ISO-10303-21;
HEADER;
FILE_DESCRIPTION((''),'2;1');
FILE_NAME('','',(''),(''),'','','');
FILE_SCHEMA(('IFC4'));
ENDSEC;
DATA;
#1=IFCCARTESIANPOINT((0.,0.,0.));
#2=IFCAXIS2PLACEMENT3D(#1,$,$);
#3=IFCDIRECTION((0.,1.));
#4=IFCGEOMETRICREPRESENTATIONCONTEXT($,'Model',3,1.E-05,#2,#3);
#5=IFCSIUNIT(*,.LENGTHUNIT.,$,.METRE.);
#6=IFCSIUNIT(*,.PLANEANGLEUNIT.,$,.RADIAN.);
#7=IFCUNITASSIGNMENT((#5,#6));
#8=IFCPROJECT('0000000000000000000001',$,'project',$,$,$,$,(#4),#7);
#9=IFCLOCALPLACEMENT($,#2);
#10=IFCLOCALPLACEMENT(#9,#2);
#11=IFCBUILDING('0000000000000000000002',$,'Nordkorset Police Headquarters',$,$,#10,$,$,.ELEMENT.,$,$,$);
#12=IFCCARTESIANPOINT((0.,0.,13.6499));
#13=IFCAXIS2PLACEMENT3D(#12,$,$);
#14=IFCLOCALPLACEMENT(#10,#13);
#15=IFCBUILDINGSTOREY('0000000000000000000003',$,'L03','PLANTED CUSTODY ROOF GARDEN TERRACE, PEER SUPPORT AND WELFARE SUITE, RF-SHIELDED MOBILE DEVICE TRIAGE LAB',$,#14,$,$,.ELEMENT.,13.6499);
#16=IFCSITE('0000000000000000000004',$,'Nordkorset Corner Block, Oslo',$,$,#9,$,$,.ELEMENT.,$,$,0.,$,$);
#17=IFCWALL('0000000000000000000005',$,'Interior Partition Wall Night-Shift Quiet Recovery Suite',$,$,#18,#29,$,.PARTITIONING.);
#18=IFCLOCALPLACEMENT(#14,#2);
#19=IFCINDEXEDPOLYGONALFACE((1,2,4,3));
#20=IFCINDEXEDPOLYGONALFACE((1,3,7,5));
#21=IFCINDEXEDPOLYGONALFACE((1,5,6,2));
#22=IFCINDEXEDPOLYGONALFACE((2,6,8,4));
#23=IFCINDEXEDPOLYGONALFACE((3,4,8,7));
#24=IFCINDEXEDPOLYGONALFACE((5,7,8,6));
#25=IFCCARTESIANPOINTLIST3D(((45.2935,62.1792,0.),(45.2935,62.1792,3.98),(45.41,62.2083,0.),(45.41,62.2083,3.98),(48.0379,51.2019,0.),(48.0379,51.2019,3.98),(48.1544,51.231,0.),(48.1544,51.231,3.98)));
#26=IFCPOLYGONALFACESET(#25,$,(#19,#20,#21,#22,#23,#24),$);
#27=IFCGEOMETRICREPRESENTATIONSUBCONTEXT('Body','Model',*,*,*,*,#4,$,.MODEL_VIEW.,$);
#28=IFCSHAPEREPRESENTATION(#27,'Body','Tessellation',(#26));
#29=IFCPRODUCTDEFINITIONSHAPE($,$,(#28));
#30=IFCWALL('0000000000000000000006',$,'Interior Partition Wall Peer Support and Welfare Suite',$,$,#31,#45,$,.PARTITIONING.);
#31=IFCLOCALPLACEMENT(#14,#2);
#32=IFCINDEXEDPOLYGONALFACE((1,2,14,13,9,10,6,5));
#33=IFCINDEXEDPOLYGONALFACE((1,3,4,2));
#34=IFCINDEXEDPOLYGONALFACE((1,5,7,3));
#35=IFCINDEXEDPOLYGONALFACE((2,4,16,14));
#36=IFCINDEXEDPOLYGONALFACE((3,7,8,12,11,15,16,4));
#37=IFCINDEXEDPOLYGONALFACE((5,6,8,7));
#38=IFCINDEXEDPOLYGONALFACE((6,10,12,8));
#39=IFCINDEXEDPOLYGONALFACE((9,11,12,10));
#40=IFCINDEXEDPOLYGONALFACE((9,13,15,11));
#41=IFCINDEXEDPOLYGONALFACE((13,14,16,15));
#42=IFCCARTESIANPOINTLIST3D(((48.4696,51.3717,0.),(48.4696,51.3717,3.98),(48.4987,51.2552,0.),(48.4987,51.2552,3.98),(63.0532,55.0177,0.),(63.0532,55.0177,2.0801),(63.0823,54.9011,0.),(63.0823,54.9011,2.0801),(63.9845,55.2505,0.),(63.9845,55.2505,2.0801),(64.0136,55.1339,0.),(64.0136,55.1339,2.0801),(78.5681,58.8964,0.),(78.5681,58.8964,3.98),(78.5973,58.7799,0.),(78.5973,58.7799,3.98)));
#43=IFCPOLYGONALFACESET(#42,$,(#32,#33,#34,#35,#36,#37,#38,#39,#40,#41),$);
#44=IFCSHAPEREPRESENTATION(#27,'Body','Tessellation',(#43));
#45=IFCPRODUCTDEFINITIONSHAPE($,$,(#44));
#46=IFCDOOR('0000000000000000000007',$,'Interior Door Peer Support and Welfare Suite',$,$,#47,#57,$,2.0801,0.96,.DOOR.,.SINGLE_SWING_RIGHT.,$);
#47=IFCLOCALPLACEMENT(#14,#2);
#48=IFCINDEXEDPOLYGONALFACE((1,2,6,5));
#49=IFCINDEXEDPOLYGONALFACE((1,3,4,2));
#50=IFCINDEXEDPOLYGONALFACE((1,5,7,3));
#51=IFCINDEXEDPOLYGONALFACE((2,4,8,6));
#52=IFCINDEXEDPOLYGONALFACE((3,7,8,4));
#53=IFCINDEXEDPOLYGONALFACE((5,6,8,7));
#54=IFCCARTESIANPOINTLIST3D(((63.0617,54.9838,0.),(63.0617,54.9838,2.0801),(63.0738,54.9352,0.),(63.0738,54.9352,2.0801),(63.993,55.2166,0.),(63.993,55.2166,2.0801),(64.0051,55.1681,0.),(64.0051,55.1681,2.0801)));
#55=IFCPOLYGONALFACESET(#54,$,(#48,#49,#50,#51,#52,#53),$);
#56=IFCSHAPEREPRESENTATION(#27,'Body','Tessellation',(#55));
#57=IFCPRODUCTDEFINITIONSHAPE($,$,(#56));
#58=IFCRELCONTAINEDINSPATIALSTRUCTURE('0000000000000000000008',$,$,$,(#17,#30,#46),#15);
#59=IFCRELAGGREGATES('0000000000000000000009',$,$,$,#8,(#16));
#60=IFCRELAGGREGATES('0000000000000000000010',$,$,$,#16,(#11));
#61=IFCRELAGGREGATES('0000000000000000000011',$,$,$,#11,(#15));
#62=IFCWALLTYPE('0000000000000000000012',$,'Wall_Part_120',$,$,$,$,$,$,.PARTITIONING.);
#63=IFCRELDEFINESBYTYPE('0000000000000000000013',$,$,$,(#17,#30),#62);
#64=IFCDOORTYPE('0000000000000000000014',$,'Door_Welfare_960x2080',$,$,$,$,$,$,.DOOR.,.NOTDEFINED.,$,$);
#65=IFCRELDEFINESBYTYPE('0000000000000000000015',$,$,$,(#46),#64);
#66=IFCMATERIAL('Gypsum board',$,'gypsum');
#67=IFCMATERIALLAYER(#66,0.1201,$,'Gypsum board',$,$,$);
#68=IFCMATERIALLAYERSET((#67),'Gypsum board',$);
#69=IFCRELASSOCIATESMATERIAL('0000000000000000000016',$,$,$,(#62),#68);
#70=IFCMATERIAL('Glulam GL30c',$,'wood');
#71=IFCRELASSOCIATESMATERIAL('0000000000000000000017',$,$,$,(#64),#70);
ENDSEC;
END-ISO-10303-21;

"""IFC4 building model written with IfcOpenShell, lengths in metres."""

from ifc_helpers import new_model, si_unit, direction, frame, frame_2d, origin, place, context, subcontext, project, spatial, rectangle, extrude, material, layer, layer_set, type_object, element, fill, save


model = new_model("IFC4")

# Units and contexts
model_context = context("Model", 3, precision=1e-05, world=origin(), true_north=direction((0.0, 1.0)))
body_context = subcontext(model_context, "Body", "Model", "MODEL_VIEW")
ifc_project = project(units=[si_unit("LENGTHUNIT", "METRE"), si_unit("PLANEANGLEUNIT", "RADIAN")], contexts=[model_context])

# Site, building, storey
site_placement = place(None, origin())
site = spatial("IfcSite", under=ifc_project, at=site_placement, Name="Nordkorset Corner Block, Oslo", CompositionType="ELEMENT", RefElevation=0.0)
building_placement = place(site_placement, origin())
building = spatial("IfcBuilding", under=site, at=building_placement, Name="Nordkorset Police Headquarters", CompositionType="ELEMENT")
storey_placement = place(building_placement, frame((0.0, 0.0, 13.6499)))
storey = spatial("IfcBuildingStorey", under=building, at=storey_placement, Name="L03", Description="PLANTED CUSTODY ROOF GARDEN TERRACE, PEER SUPPORT AND WELFARE SUITE, RF-SHIELDED MOBILE DEVICE TRIAGE LAB", CompositionType="ELEMENT", Elevation=13.6499)

# Wall
ifc_material_1 = material(Name="Gypsum board", Category="gypsum")
ifc_layer_1 = layer(ifc_material_1, 0.1201, Name="Gypsum board")
ifc_layer_set_1 = layer_set([ifc_layer_1], Name="Gypsum board")
wall_type = type_object("IfcWallType", Name="Wall_Part_120", PredefinedType="PARTITIONING", material=ifc_layer_set_1)
wall_1_placement = place(storey_placement, frame((48.0962, 51.2163, 0.0), z_axis=(0.0, 0.0, 1.0), x_axis=(-0.242541, 0.970141, 0.0)))
element("IfcWall", 1, at=wall_1_placement, inside=storey, type_object=wall_type, Name="Interior Partition Wall Night-Shift Quiet Recovery Suite", PredefinedType="PARTITIONING", context=body_context, shape_type="SweptSolid", body=[
    extrude(rectangle(XDim=11.3152, YDim=0.1201, at=frame_2d((5.6577, 0.0))), origin(), (0.0, 0.0, 1.0), 3.98),
])

# Wall, opening, door
wall_2_placement = place(storey_placement, frame((48.4841, 51.3135, 0.0), z_axis=(0.0, 0.0, 1.0), x_axis=(0.970143, 0.242536, 0.0)))
wall_2 = element("IfcWall", 2, at=wall_2_placement, inside=storey, type_object=wall_type, Name="Interior Partition Wall Peer Support and Welfare Suite", PredefinedType="PARTITIONING", context=body_context, shape_type="SweptSolid", body=[
    extrude(rectangle(XDim=31.0249, YDim=0.1201, at=frame_2d((15.5125, 0.0))), origin(), (0.0, 0.0, 1.0), 3.98),
])
opening_placement = place(wall_2_placement, frame((15.0325, 0.0, 0.0)))
opening = element("IfcOpeningElement", 3, at=opening_placement, cuts=wall_2, PredefinedType="OPENING", context=body_context, shape_type="SweptSolid", body=[
    extrude(rectangle(XDim=0.96, YDim=2.0801, at=frame_2d((0.48, 1.04))), frame((0.0, 0.0701, 0.0), z_axis=(0.0, -1.0, 0.0), x_axis=(1.0, 0.0, 0.0)), (0.0, 0.0, 1.0), 0.1401),
])
ifc_material_2 = material(Name="Glulam GL30c", Category="wood")
door_type = type_object("IfcDoorType", Name="Door_Welfare_960x2080", OperationType="NOTDEFINED", PredefinedType="DOOR", material=ifc_material_2)
door_placement = place(opening_placement, frame((0.96, 0.0, 0.0), z_axis=(0.0, 0.0, 1.0), x_axis=(-1.0, 0.0, 0.0)))
door = element("IfcDoor", 4, at=door_placement, inside=storey, type_object=door_type, Name="Interior Door Peer Support and Welfare Suite", OperationType="SINGLE_SWING_RIGHT", OverallHeight=2.0801, OverallWidth=0.96, PredefinedType="DOOR", context=body_context, shape_type="SweptSolid", body=[
    extrude(rectangle(XDim=0.96, YDim=2.0801, at=frame_2d((0.48, 1.04))), frame((0.0, 0.0249, 0.0), z_axis=(0.0, -1.0, 0.0), x_axis=(1.0, 0.0, 0.0)), (0.0, 0.0, 1.0), 0.05),
])
fill(opening, door)

save(model, "model.ifc")
